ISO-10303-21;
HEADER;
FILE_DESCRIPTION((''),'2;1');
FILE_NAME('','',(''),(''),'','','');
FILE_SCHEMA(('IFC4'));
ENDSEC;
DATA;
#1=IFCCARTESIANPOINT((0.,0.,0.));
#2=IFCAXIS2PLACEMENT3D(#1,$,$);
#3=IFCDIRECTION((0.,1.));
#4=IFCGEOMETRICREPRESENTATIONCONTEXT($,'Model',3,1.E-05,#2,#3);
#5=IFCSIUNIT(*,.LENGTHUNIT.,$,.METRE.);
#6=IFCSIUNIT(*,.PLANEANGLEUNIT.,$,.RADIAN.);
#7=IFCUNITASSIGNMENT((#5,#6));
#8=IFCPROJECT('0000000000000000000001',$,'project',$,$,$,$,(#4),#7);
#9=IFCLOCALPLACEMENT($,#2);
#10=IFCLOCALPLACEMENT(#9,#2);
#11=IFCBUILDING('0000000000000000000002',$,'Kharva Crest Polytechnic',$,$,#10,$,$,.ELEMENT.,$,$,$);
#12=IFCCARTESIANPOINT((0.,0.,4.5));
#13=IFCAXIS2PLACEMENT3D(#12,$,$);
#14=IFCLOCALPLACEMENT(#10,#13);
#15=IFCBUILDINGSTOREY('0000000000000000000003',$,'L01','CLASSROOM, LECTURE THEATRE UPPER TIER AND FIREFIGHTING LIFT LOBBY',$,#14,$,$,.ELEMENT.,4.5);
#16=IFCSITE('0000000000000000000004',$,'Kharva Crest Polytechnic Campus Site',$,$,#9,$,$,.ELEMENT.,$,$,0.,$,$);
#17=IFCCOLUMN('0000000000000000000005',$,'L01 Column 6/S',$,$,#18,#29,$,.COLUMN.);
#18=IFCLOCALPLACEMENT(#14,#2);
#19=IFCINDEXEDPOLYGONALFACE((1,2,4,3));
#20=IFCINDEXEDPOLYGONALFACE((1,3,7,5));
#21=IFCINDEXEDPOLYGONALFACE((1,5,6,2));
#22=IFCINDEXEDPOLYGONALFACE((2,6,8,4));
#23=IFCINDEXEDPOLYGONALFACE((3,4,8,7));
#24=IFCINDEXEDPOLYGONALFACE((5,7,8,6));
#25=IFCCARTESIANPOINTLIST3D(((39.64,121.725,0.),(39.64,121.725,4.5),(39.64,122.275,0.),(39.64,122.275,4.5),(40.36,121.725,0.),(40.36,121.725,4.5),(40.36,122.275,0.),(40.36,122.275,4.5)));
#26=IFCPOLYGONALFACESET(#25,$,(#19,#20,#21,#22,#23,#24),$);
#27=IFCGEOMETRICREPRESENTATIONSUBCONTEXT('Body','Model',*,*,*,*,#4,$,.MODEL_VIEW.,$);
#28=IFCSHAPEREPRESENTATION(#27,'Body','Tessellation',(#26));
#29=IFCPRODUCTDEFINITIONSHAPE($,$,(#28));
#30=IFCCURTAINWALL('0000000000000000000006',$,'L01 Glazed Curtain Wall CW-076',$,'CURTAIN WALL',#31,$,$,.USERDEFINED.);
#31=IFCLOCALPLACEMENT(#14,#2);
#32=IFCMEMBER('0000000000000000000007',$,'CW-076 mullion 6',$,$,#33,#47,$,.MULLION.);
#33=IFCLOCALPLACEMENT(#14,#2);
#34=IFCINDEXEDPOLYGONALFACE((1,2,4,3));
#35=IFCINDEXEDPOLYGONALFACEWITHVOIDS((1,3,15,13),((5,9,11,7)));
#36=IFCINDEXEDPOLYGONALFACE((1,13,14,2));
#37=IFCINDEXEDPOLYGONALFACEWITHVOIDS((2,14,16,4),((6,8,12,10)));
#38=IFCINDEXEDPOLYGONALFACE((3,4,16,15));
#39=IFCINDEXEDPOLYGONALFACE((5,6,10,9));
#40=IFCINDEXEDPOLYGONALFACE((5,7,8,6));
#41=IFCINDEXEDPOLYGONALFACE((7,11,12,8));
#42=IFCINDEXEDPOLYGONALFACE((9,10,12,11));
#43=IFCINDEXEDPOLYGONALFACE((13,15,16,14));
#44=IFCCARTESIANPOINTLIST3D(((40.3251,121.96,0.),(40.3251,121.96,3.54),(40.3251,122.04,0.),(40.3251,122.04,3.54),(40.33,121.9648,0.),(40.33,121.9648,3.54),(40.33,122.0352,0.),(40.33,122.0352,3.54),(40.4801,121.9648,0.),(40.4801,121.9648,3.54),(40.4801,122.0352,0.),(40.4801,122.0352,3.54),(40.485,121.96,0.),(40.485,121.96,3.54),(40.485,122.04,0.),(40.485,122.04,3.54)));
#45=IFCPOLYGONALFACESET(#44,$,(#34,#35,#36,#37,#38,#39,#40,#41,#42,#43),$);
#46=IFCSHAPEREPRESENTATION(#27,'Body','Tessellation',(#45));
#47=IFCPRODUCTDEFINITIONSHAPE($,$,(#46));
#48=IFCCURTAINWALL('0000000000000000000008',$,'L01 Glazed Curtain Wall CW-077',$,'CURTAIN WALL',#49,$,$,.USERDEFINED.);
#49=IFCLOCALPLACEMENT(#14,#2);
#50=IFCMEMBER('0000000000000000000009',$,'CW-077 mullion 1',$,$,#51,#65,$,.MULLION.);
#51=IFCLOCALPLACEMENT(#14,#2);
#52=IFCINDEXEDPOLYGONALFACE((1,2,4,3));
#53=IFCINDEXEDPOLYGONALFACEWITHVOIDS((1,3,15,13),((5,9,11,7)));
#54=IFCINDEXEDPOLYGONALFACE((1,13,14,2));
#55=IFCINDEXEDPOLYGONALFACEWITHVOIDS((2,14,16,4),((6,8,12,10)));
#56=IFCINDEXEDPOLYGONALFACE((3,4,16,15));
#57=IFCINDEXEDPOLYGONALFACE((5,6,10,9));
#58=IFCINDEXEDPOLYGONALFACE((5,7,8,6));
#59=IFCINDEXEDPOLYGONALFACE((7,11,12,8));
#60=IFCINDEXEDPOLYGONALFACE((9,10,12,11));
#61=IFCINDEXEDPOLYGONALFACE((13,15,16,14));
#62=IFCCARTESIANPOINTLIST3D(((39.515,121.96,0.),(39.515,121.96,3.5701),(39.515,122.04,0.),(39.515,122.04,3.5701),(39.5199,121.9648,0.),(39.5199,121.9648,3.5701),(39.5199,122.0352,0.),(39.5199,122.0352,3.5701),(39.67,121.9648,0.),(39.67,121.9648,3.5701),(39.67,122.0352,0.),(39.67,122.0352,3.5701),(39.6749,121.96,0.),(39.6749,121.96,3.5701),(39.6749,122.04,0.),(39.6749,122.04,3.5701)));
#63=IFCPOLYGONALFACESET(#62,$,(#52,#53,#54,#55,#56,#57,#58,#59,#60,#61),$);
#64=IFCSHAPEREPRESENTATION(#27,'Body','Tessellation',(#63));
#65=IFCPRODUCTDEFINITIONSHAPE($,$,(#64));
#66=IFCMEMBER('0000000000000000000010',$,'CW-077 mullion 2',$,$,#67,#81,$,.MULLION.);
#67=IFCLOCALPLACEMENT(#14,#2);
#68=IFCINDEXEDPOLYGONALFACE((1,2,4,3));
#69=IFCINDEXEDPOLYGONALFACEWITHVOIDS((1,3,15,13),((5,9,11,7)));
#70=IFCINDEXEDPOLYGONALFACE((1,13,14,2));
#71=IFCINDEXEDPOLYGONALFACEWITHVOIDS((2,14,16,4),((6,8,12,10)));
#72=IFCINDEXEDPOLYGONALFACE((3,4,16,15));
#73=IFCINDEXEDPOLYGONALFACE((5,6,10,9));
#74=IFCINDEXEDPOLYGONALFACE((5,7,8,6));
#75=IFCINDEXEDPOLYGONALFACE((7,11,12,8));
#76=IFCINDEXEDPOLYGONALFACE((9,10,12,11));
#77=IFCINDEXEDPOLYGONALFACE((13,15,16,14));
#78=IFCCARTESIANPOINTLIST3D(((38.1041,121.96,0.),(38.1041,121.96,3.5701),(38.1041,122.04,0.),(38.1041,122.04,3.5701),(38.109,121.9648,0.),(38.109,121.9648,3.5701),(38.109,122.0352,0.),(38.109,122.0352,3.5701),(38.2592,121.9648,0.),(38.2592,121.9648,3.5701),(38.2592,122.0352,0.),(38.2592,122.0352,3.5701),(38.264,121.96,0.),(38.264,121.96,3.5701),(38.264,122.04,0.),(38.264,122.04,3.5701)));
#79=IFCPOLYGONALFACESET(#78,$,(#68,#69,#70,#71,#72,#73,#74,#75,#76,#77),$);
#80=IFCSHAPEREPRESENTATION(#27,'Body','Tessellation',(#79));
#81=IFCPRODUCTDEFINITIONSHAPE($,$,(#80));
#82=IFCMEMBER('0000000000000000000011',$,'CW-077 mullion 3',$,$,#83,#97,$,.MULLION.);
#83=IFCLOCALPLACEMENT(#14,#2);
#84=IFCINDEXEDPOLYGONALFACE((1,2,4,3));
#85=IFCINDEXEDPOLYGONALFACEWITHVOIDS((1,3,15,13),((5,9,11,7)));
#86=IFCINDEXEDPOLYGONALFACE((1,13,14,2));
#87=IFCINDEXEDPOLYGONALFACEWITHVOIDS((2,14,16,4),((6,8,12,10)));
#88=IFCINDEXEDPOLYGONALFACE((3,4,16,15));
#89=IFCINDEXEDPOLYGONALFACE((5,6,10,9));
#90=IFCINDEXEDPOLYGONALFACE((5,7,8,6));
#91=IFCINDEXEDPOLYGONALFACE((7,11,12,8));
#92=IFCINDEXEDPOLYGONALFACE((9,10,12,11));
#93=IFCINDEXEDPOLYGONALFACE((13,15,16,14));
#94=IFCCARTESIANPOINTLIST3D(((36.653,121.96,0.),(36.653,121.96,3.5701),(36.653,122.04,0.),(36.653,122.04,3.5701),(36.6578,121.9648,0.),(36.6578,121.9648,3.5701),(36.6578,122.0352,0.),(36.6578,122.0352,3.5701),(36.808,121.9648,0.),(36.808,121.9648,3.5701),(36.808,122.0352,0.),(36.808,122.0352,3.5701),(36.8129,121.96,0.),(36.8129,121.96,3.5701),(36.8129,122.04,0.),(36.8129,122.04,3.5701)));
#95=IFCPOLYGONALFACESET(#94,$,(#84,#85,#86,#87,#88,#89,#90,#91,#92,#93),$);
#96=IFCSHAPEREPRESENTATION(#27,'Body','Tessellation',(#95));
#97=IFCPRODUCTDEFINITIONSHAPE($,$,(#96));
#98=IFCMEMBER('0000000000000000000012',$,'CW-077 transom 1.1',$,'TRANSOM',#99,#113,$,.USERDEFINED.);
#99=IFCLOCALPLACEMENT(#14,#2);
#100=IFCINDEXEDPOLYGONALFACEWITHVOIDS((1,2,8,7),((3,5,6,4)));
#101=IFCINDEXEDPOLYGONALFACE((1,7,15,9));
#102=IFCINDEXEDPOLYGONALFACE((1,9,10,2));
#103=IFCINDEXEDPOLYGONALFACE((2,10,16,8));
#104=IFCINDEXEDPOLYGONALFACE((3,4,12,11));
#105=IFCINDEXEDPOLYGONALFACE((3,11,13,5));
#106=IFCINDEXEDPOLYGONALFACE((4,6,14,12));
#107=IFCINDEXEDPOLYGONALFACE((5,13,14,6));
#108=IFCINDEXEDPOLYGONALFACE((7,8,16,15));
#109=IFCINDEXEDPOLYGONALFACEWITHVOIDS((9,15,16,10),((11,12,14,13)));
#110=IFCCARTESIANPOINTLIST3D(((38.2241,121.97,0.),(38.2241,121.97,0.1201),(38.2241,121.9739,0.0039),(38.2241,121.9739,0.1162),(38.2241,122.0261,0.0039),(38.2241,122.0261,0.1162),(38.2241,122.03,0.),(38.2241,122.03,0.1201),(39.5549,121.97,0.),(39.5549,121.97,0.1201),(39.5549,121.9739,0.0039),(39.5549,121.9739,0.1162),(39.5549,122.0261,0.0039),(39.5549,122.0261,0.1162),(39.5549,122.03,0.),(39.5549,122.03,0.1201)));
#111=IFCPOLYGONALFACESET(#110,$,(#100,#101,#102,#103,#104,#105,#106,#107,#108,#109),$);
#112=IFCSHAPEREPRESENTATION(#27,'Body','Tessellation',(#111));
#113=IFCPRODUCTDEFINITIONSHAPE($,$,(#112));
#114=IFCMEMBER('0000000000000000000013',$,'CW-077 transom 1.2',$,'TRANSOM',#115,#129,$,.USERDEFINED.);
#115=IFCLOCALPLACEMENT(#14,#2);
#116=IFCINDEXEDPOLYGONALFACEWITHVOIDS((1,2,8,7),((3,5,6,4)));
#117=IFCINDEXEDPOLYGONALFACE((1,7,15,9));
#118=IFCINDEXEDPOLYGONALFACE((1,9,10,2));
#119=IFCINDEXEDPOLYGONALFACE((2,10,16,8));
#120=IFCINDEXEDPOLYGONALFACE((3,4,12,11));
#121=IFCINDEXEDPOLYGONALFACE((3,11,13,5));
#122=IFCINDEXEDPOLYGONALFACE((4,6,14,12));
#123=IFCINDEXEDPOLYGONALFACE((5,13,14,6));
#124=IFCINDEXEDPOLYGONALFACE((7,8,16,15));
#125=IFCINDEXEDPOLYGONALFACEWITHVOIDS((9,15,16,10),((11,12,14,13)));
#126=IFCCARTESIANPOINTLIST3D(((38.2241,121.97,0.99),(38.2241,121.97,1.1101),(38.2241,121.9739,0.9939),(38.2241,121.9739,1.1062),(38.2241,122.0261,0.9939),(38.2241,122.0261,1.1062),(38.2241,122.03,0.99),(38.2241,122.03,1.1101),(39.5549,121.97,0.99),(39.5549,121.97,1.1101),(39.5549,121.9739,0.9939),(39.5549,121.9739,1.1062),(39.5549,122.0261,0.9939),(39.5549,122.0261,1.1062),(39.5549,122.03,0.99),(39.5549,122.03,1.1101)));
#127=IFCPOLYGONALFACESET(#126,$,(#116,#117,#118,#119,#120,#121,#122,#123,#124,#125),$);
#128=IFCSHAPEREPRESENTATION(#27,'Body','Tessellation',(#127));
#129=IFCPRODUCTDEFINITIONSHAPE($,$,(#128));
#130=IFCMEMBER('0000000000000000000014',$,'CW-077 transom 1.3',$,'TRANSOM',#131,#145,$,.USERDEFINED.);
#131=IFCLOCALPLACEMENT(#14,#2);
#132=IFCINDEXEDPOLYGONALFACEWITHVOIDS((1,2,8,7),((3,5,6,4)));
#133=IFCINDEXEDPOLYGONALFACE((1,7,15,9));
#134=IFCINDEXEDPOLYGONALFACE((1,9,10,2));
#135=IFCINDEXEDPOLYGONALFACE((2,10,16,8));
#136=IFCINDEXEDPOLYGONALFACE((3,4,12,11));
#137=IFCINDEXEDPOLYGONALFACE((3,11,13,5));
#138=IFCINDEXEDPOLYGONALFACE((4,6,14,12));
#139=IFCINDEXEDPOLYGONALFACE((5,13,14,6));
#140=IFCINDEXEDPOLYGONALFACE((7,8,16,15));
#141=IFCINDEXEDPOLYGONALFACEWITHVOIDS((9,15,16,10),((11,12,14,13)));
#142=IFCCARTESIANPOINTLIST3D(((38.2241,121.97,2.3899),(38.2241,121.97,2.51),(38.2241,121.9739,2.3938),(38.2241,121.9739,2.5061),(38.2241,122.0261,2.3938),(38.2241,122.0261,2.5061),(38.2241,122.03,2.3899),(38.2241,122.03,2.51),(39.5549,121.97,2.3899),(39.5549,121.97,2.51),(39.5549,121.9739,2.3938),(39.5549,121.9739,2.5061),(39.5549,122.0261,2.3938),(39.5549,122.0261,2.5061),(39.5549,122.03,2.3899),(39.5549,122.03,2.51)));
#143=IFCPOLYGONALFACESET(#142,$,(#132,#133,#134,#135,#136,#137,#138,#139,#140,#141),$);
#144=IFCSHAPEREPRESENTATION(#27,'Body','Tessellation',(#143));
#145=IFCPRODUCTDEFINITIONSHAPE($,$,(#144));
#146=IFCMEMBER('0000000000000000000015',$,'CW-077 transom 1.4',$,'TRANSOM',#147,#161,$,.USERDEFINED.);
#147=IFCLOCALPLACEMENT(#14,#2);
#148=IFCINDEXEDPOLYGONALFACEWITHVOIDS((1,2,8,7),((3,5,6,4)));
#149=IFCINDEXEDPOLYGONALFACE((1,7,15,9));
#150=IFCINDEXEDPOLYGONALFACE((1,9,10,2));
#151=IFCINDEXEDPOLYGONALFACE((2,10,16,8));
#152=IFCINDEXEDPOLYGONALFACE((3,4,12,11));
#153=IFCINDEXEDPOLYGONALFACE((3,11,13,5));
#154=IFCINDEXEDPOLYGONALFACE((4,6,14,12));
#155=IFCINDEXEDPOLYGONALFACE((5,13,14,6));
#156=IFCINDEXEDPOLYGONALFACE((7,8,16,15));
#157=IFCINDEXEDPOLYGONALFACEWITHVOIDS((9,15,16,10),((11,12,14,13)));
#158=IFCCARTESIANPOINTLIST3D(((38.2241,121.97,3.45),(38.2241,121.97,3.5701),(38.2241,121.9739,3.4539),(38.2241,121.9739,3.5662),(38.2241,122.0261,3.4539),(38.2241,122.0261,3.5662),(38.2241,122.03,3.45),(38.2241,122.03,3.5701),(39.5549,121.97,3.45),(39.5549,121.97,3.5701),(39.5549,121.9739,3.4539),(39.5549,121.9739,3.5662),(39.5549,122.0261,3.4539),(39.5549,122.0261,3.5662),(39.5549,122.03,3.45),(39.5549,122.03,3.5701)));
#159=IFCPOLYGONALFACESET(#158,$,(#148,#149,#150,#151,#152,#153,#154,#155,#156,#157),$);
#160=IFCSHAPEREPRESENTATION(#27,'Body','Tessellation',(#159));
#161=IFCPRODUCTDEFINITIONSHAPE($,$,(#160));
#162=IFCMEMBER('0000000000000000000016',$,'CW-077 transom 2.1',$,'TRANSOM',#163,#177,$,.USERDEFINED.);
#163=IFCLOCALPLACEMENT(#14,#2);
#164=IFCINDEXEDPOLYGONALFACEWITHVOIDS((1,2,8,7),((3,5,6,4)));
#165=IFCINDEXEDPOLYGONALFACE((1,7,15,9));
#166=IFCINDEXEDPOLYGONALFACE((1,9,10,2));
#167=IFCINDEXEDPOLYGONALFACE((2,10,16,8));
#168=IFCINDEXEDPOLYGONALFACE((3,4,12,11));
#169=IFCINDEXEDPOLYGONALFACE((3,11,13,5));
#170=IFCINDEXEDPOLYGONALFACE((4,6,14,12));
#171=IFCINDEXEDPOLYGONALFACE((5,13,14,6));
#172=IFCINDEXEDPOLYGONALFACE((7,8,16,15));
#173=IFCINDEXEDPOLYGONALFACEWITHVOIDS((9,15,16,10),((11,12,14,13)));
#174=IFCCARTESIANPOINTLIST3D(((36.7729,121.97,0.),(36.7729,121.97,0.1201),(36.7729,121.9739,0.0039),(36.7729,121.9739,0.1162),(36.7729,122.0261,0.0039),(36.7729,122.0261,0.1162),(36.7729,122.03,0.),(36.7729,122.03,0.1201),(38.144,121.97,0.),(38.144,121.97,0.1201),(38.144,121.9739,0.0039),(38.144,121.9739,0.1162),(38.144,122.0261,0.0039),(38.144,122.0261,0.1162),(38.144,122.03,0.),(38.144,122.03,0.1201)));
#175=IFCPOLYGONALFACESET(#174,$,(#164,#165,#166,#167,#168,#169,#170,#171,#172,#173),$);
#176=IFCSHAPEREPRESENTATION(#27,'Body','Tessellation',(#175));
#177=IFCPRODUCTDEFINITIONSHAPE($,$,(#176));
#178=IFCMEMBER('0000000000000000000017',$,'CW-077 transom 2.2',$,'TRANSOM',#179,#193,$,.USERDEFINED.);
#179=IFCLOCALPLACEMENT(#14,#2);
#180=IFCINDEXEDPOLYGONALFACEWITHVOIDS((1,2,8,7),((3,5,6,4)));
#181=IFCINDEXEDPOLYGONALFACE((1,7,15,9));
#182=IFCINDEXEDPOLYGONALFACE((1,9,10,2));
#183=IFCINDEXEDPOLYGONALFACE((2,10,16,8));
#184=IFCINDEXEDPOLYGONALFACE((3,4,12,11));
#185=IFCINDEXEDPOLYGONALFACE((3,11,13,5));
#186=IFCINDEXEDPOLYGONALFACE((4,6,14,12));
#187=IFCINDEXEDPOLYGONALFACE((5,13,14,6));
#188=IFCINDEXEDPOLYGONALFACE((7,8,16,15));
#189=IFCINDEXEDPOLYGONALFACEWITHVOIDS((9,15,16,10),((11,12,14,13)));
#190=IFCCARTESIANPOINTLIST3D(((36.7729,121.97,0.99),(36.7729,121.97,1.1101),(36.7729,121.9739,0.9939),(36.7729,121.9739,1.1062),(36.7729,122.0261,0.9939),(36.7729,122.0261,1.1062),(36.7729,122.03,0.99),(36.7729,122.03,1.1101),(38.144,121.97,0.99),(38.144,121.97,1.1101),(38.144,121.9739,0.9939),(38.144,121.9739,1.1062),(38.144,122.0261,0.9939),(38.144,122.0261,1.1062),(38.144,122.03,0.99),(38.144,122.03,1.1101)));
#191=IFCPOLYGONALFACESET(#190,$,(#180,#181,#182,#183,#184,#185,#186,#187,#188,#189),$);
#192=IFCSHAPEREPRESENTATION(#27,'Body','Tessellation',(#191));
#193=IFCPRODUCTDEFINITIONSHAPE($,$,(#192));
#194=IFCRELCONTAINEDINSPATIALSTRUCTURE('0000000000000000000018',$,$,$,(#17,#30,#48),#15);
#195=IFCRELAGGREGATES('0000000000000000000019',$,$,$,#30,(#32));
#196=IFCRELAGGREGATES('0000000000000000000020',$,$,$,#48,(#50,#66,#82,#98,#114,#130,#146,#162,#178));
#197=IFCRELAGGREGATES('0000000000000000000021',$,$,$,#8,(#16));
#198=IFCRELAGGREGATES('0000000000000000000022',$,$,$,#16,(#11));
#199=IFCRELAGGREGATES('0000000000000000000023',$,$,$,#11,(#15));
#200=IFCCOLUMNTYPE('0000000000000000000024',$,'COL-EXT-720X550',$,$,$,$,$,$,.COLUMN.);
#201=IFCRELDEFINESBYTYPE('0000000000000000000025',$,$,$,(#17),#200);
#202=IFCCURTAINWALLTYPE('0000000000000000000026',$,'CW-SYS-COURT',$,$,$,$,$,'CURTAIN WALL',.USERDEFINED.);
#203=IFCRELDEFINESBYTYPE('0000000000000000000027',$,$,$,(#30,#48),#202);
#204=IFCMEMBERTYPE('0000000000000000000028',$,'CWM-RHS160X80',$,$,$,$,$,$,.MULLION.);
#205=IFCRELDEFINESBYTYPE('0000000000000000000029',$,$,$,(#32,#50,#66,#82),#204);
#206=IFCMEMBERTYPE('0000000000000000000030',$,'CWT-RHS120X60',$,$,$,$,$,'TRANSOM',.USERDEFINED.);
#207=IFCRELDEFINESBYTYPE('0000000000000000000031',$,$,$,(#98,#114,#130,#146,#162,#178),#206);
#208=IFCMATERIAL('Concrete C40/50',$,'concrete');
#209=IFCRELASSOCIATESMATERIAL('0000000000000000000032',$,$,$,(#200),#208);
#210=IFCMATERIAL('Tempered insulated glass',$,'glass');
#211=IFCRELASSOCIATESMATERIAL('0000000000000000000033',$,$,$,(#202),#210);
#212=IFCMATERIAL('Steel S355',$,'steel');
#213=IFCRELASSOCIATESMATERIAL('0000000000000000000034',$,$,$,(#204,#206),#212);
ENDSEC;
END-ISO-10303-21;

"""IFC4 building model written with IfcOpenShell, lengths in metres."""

from ifc_helpers import new_model, si_unit, direction, frame, origin, origin_2d, place, context, subcontext, project, spatial, rectangle, hollow_rectangle, extrude, material, material_profile, profile_set, type_object, element, aggregate, save


model = new_model("IFC4")

# Units and contexts
model_context = context("Model", 3, precision=1e-05, world=origin(), true_north=direction((0.0, 1.0)))
body_context = subcontext(model_context, "Body", "Model", "MODEL_VIEW")
ifc_project = project(units=[si_unit("LENGTHUNIT", "METRE"), si_unit("PLANEANGLEUNIT", "RADIAN")], contexts=[model_context])

# Site, building, storey
site_placement = place(None, origin())
site = spatial("IfcSite", under=ifc_project, at=site_placement, Name="Kharva Crest Polytechnic Campus Site", CompositionType="ELEMENT", RefElevation=0.0)
building_placement = place(site_placement, origin())
building = spatial("IfcBuilding", under=site, at=building_placement, Name="Kharva Crest Polytechnic", CompositionType="ELEMENT")
storey_placement = place(building_placement, frame((0.0, 0.0, 4.5)))
storey = spatial("IfcBuildingStorey", under=building, at=storey_placement, Name="L01", Description="CLASSROOM, LECTURE THEATRE UPPER TIER AND FIREFIGHTING LIFT LOBBY", CompositionType="ELEMENT", Elevation=4.5)

# Column
ifc_material_1 = material(Name="Concrete C40/50", Category="concrete")
ifc_material_profile_1 = material_profile(ifc_material_1, rectangle(XDim=0.72, YDim=0.55, at=origin_2d()), Name="RECT 720 X 550")
ifc_profile_set_1 = profile_set([ifc_material_profile_1], Name="Concrete C40/50")
column_type = type_object("IfcColumnType", Name="COL-EXT-720X550", PredefinedType="COLUMN", material=ifc_profile_set_1)
column_placement = place(storey_placement, frame((40.0, 122.0, 0.0), z_axis=(0.0, 0.0, 1.0), x_axis=(1.0, 0.0, 0.0)))
element("IfcColumn", 1, at=column_placement, inside=storey, type_object=column_type, Name="L01 Column 6/S", PredefinedType="COLUMN", context=body_context, shape_type="SweptSolid", body=[
    extrude(rectangle(XDim=0.72, YDim=0.55, at=origin_2d()), origin(), (0.0, 0.0, 1.0), 4.5),
])

# Curtain wall, member
ifc_material_2 = material(Name="Tempered insulated glass", Category="glass")
curtain_wall_type = type_object("IfcCurtainWallType", Name="CW-SYS-COURT", ElementType="CURTAIN WALL", PredefinedType="USERDEFINED", material=ifc_material_2)
curtain_wall_1_placement = place(storey_placement, origin())
curtain_wall_1 = element("IfcCurtainWall", 2, at=curtain_wall_1_placement, inside=storey, type_object=curtain_wall_type, Name="L01 Glazed Curtain Wall CW-076", ObjectType="CURTAIN WALL", PredefinedType="USERDEFINED")
ifc_material_3 = material(Name="Steel S355", Category="steel")
ifc_material_profile_2 = material_profile(ifc_material_3, hollow_rectangle(XDim=0.0801, YDim=0.1599, WallThickness=0.0049, at=origin_2d()), Name="RHS 160X80X5.0")
ifc_profile_set_2 = profile_set([ifc_material_profile_2], Name="Steel S355")
member_type_1 = type_object("IfcMemberType", Name="CWM-RHS160X80", PredefinedType="MULLION", material=ifc_profile_set_2)
member_1_placement = place(storey_placement, frame((40.405, 122.0, 0.0), z_axis=(0.0, 0.0, 1.0), x_axis=(0.0, -1.0, 0.0)))
member_1 = element("IfcMember", 3, at=member_1_placement, type_object=member_type_1, Name="CW-076 mullion 6", PredefinedType="MULLION", context=body_context, shape_type="SweptSolid", body=[
    extrude(hollow_rectangle(XDim=0.0801, YDim=0.1599, WallThickness=0.0049, at=origin_2d()), origin(), (0.0, 0.0, 1.0), 3.54),
])

# Curtain wall, members
curtain_wall_2_placement = place(storey_placement, origin())
curtain_wall_2 = element("IfcCurtainWall", 4, at=curtain_wall_2_placement, inside=storey, type_object=curtain_wall_type, Name="L01 Glazed Curtain Wall CW-077", ObjectType="CURTAIN WALL", PredefinedType="USERDEFINED")
member_2_placement = place(storey_placement, frame((39.595, 122.0, 0.0), z_axis=(0.0, 0.0, 1.0), x_axis=(0.0, -1.0, 0.0)))
member_2 = element("IfcMember", 5, at=member_2_placement, type_object=member_type_1, Name="CW-077 mullion 1", PredefinedType="MULLION", context=body_context, shape_type="SweptSolid", body=[
    extrude(hollow_rectangle(XDim=0.0801, YDim=0.1599, WallThickness=0.0049, at=origin_2d()), origin(), (0.0, 0.0, 1.0), 3.5701),
])
member_3_placement = place(storey_placement, frame((38.1841, 122.0, 0.0), z_axis=(0.0, 0.0, 1.0), x_axis=(0.0, -1.0, 0.0)))
member_3 = element("IfcMember", 6, at=member_3_placement, type_object=member_type_1, Name="CW-077 mullion 2", PredefinedType="MULLION", context=body_context, shape_type="SweptSolid", body=[
    extrude(hollow_rectangle(XDim=0.0801, YDim=0.1599, WallThickness=0.0049, at=origin_2d()), origin(), (0.0, 0.0, 1.0), 3.5701),
])
member_4_placement = place(storey_placement, frame((36.7329, 122.0, 0.0), z_axis=(0.0, 0.0, 1.0), x_axis=(0.0, -1.0, 0.0)))
member_4 = element("IfcMember", 7, at=member_4_placement, type_object=member_type_1, Name="CW-077 mullion 3", PredefinedType="MULLION", context=body_context, shape_type="SweptSolid", body=[
    extrude(hollow_rectangle(XDim=0.0801, YDim=0.1599, WallThickness=0.0049, at=origin_2d()), origin(), (0.0, 0.0, 1.0), 3.5701),
])
ifc_material_profile_3 = material_profile(ifc_material_3, hollow_rectangle(XDim=0.0601, YDim=0.1201, WallThickness=0.0039, at=origin_2d()), Name="RHS 120X60X4.0")
ifc_profile_set_3 = profile_set([ifc_material_profile_3], Name="Steel S355")
member_type_2 = type_object("IfcMemberType", Name="CWT-RHS120X60", ElementType="TRANSOM", PredefinedType="USERDEFINED", material=ifc_profile_set_3)
member_5_placement = place(storey_placement, frame((39.5549, 122.0, 0.0601), z_axis=(-1.0, 0.0, 0.0), x_axis=(0.0, -1.0, 0.0)))
member_5 = element("IfcMember", 8, at=member_5_placement, type_object=member_type_2, Name="CW-077 transom 1.1", ObjectType="TRANSOM", PredefinedType="USERDEFINED", context=body_context, shape_type="SweptSolid", body=[
    extrude(hollow_rectangle(XDim=0.0601, YDim=0.1201, WallThickness=0.0039, at=origin_2d()), origin(), (0.0, 0.0, 1.0), 1.3308),
])
member_6_placement = place(storey_placement, frame((39.5549, 122.0, 1.05), z_axis=(-1.0, 0.0, 0.0), x_axis=(0.0, -1.0, 0.0)))
member_6 = element("IfcMember", 9, at=member_6_placement, type_object=member_type_2, Name="CW-077 transom 1.2", ObjectType="TRANSOM", PredefinedType="USERDEFINED", context=body_context, shape_type="SweptSolid", body=[
    extrude(hollow_rectangle(XDim=0.0601, YDim=0.1201, WallThickness=0.0039, at=origin_2d()), origin(), (0.0, 0.0, 1.0), 1.3308),
])
member_7_placement = place(storey_placement, frame((39.5549, 122.0, 2.45), z_axis=(-1.0, 0.0, 0.0), x_axis=(0.0, -1.0, 0.0)))
member_7 = element("IfcMember", 10, at=member_7_placement, type_object=member_type_2, Name="CW-077 transom 1.3", ObjectType="TRANSOM", PredefinedType="USERDEFINED", context=body_context, shape_type="SweptSolid", body=[
    extrude(hollow_rectangle(XDim=0.0601, YDim=0.1201, WallThickness=0.0039, at=origin_2d()), origin(), (0.0, 0.0, 1.0), 1.3308),
])
member_8_placement = place(storey_placement, frame((39.5549, 122.0, 3.51), z_axis=(-1.0, 0.0, 0.0), x_axis=(0.0, -1.0, 0.0)))
member_8 = element("IfcMember", 11, at=member_8_placement, type_object=member_type_2, Name="CW-077 transom 1.4", ObjectType="TRANSOM", PredefinedType="USERDEFINED", context=body_context, shape_type="SweptSolid", body=[
    extrude(hollow_rectangle(XDim=0.0601, YDim=0.1201, WallThickness=0.0039, at=origin_2d()), origin(), (0.0, 0.0, 1.0), 1.3308),
])
member_9_placement = place(storey_placement, frame((38.144, 122.0, 0.0601), z_axis=(-1.0, 0.0, 0.0), x_axis=(0.0, -1.0, 0.0)))
member_9 = element("IfcMember", 12, at=member_9_placement, type_object=member_type_2, Name="CW-077 transom 2.1", ObjectType="TRANSOM", PredefinedType="USERDEFINED", context=body_context, shape_type="SweptSolid", body=[
    extrude(hollow_rectangle(XDim=0.0601, YDim=0.1201, WallThickness=0.0039, at=origin_2d()), origin(), (0.0, 0.0, 1.0), 1.3711),
])
member_10_placement = place(storey_placement, frame((38.144, 122.0, 1.05), z_axis=(-1.0, 0.0, 0.0), x_axis=(0.0, -1.0, 0.0)))
member_10 = element("IfcMember", 13, at=member_10_placement, type_object=member_type_2, Name="CW-077 transom 2.2", ObjectType="TRANSOM", PredefinedType="USERDEFINED", context=body_context, shape_type="SweptSolid", body=[
    extrude(hollow_rectangle(XDim=0.0601, YDim=0.1201, WallThickness=0.0039, at=origin_2d()), origin(), (0.0, 0.0, 1.0), 1.3711),
])

aggregate(curtain_wall_1, [member_1])
aggregate(curtain_wall_2, [member_2, member_3, member_4, member_5, member_6, member_7, member_8, member_9, member_10])

save(model, "model.ifc")
